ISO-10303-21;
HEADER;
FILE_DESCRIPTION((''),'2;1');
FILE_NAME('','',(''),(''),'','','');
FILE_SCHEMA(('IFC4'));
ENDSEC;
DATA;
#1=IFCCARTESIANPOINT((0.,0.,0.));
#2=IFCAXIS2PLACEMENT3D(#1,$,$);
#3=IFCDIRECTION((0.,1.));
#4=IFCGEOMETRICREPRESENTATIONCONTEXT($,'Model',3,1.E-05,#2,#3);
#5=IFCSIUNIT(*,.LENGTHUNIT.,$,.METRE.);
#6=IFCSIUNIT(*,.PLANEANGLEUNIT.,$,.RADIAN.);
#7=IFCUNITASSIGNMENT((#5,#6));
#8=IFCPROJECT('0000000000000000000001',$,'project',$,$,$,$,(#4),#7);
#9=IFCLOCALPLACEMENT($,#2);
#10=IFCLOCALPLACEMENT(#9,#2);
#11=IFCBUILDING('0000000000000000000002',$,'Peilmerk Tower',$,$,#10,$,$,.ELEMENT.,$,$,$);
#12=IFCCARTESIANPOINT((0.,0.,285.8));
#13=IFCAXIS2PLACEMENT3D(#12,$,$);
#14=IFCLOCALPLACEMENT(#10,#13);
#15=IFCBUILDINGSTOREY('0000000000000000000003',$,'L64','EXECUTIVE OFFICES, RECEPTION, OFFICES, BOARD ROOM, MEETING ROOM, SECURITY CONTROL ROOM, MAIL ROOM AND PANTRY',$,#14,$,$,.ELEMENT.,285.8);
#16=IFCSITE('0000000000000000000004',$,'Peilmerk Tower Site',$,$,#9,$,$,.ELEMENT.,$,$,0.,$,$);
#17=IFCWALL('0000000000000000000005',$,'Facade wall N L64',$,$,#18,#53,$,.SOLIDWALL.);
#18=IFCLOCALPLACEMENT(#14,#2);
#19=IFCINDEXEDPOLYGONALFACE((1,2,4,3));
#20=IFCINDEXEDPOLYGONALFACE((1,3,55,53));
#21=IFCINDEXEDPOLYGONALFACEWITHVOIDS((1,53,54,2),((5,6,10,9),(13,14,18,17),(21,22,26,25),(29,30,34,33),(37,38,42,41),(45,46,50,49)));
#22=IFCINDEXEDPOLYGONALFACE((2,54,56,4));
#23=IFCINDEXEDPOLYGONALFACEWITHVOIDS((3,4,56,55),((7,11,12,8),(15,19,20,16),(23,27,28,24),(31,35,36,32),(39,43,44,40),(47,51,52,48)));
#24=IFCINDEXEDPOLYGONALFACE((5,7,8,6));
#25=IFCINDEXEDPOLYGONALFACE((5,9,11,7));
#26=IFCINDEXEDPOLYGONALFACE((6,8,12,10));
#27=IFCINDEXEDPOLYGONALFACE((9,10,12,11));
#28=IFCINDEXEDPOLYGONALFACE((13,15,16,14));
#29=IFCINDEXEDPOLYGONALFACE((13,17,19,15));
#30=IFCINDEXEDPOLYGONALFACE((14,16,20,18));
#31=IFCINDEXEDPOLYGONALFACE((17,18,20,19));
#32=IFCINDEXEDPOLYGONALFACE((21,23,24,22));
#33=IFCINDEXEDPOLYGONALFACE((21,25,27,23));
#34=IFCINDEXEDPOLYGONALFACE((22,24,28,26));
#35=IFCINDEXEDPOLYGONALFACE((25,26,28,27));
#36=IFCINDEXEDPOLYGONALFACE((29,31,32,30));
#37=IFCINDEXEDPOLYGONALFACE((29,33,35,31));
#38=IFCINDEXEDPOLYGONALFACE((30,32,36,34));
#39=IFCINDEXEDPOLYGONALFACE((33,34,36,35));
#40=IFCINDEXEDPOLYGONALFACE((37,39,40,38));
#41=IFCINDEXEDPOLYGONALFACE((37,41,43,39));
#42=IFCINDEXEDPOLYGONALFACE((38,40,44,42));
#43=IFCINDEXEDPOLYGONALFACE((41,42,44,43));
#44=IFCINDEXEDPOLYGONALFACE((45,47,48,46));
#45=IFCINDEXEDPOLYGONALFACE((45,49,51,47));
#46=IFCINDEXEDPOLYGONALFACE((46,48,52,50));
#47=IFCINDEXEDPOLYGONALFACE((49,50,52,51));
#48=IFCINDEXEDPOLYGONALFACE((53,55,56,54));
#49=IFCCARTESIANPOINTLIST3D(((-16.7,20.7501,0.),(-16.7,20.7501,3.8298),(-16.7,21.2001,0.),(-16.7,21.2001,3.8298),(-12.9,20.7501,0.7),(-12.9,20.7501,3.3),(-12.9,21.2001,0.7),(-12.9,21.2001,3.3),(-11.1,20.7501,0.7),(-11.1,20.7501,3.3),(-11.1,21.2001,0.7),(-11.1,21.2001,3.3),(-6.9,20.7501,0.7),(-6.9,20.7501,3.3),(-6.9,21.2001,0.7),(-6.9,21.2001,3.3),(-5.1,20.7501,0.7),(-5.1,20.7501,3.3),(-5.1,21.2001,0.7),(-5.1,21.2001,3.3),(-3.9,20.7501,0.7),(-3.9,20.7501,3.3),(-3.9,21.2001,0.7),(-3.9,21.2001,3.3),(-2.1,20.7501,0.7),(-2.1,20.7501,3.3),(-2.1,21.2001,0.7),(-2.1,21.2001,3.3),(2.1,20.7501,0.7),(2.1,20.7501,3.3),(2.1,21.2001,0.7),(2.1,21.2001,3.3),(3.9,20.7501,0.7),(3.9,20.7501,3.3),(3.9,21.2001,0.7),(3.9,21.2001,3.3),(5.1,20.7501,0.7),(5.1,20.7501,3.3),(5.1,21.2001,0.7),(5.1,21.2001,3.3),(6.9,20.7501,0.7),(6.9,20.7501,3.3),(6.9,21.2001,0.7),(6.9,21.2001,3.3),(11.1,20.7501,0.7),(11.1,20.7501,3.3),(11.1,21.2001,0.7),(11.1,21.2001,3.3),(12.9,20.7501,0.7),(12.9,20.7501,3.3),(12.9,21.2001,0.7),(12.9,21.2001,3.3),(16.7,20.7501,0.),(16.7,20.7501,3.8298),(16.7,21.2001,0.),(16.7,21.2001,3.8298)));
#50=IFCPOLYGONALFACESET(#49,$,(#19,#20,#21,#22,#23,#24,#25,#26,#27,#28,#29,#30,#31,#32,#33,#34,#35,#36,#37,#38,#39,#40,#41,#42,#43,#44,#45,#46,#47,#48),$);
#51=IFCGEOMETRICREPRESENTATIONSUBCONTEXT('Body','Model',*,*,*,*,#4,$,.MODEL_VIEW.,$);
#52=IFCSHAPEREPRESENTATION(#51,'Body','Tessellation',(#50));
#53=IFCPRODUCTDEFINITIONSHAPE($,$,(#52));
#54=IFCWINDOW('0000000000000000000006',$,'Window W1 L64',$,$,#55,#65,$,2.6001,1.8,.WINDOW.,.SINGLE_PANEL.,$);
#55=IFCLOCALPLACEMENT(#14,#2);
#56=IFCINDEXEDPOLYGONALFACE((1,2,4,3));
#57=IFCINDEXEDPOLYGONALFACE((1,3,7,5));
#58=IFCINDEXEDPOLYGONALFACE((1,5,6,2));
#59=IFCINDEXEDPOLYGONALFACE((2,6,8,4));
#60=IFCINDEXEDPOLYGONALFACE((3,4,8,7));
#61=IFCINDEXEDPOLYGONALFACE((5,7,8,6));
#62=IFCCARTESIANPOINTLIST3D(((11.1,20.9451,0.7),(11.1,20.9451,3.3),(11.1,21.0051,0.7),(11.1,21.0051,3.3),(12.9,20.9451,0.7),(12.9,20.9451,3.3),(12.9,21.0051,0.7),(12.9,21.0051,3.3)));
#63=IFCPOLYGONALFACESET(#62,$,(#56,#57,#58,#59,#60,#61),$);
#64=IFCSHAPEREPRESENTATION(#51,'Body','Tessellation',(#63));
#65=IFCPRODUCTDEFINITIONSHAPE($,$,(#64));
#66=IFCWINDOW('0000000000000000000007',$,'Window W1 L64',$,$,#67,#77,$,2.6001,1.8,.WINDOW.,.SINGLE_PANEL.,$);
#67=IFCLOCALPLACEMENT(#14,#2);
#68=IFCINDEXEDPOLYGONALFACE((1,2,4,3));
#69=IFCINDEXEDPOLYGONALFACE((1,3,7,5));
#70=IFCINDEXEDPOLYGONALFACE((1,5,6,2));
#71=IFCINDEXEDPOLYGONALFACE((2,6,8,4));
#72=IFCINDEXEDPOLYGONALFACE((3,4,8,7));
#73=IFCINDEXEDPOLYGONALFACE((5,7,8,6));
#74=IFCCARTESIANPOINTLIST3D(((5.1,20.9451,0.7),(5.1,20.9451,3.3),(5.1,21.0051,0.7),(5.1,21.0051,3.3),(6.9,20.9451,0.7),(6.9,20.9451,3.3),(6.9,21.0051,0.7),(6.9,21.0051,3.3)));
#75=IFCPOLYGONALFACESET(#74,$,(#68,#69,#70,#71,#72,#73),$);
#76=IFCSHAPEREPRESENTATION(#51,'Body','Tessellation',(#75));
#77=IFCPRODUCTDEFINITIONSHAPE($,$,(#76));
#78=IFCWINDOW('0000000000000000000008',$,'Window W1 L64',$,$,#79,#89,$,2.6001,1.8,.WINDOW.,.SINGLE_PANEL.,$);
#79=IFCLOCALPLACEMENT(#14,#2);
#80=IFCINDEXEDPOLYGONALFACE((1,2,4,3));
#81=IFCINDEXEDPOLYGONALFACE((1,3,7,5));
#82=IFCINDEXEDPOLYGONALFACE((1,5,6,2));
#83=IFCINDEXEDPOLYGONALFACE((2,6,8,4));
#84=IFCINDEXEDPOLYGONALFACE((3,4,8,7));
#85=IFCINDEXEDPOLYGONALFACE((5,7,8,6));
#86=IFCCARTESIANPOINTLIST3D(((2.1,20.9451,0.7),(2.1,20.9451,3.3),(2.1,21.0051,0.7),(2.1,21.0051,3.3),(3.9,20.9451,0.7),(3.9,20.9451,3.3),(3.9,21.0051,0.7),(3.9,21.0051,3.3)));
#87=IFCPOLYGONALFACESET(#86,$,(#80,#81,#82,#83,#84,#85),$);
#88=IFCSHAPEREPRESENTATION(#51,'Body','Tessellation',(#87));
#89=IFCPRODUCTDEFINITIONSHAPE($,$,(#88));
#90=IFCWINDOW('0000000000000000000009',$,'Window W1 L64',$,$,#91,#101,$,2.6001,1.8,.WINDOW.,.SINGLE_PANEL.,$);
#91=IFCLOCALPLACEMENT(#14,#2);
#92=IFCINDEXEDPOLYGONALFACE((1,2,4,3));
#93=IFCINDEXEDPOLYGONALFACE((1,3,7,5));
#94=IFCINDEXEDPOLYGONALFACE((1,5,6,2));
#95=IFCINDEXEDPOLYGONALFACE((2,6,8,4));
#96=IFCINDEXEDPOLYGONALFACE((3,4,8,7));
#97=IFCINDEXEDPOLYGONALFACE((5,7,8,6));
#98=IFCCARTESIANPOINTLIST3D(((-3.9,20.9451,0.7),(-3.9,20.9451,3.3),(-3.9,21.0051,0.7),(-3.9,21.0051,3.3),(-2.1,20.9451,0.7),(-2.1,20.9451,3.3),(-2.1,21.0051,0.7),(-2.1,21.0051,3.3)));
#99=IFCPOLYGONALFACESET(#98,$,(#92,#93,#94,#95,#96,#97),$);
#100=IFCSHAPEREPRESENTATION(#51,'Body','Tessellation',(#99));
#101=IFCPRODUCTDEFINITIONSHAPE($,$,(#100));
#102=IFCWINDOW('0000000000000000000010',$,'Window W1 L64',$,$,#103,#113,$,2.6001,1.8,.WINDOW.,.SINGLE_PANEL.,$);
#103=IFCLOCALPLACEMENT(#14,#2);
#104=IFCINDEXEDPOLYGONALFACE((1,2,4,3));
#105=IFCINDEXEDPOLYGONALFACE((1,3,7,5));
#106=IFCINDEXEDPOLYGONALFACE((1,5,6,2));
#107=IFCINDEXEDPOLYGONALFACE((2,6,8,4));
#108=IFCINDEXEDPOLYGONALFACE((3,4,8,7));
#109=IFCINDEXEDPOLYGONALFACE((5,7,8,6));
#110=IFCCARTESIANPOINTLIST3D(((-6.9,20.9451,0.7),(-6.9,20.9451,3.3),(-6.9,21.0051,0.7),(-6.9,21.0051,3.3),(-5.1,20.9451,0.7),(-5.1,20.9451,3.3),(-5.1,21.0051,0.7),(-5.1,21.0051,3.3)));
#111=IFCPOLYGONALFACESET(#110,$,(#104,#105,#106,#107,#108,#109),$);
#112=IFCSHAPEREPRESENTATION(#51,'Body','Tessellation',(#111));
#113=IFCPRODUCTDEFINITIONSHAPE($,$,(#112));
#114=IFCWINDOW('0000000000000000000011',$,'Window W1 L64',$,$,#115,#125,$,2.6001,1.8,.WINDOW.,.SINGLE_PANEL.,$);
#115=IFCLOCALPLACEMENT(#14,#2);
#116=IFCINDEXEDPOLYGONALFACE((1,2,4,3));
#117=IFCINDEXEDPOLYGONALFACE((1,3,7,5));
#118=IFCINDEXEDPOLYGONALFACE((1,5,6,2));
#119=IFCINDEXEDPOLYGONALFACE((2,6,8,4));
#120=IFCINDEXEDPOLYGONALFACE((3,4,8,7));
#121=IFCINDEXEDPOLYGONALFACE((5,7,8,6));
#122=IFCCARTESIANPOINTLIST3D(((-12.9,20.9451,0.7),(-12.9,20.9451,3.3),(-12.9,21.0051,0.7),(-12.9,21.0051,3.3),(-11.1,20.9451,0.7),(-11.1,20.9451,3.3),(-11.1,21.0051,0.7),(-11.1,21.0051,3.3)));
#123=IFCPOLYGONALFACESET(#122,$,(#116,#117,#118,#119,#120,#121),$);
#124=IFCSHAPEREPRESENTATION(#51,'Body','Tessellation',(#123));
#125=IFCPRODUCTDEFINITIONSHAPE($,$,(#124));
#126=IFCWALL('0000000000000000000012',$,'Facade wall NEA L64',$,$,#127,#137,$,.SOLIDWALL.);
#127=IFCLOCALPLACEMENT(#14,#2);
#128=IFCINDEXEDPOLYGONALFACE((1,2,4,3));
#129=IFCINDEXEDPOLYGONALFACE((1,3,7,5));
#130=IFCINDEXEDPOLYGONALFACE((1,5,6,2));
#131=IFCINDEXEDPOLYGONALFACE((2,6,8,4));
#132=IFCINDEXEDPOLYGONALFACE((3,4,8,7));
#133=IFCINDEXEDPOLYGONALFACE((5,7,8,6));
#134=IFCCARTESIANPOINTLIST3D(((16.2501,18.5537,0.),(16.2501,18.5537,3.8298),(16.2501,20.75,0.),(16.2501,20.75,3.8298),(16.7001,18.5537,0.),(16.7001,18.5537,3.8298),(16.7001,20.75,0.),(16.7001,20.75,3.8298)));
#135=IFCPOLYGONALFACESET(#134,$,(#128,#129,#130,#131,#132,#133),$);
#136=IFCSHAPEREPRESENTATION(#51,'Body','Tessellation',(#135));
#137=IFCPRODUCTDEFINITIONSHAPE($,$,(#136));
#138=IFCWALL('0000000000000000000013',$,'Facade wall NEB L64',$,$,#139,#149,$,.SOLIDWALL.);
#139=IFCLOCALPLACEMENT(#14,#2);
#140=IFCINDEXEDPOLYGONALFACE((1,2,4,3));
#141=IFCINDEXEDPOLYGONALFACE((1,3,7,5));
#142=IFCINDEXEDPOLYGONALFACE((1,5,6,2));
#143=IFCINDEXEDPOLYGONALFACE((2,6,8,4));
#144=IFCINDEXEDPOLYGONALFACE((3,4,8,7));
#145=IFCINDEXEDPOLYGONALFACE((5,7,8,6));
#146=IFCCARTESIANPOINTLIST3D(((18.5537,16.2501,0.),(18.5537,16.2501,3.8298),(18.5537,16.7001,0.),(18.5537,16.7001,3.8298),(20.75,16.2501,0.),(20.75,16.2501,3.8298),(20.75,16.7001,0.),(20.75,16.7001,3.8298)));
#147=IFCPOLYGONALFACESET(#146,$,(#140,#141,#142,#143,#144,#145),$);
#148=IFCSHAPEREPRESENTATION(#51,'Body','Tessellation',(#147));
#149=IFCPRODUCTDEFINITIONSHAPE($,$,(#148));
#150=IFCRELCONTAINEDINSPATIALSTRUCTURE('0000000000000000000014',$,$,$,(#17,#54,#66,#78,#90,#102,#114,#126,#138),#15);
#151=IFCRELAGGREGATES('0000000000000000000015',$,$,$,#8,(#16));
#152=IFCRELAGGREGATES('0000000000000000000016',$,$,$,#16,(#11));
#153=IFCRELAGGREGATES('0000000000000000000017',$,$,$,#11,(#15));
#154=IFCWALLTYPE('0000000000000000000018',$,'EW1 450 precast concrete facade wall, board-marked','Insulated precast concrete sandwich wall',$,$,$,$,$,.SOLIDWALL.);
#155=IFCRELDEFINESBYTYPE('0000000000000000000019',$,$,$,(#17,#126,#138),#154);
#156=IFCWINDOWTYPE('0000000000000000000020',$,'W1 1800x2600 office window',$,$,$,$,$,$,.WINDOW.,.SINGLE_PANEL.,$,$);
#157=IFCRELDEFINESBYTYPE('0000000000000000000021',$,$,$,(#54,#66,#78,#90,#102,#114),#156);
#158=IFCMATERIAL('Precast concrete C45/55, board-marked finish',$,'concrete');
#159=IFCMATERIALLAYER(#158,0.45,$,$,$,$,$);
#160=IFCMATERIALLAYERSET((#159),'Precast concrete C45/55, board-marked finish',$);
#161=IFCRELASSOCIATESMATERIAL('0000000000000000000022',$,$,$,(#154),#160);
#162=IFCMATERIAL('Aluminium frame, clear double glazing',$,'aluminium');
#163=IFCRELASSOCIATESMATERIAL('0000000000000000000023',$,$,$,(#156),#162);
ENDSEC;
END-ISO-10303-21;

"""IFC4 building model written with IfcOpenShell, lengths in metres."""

from ifc_helpers import new_model, si_unit, direction, frame, frame_2d, origin, place, context, subcontext, project, spatial, rectangle, extrude, material, layer, layer_set, type_object, element, fill, save


model = new_model("IFC4")

# Units and contexts
model_context = context("Model", 3, precision=1e-05, world=origin(), true_north=direction((0.0, 1.0)))
body_context = subcontext(model_context, "Body", "Model", "MODEL_VIEW")
ifc_project = project(units=[si_unit("LENGTHUNIT", "METRE"), si_unit("PLANEANGLEUNIT", "RADIAN")], contexts=[model_context])

# Site, building, storey
site_placement = place(None, origin())
site = spatial("IfcSite", under=ifc_project, at=site_placement, Name="Peilmerk Tower Site", CompositionType="ELEMENT", RefElevation=0.0)
building_placement = place(site_placement, origin())
building = spatial("IfcBuilding", under=site, at=building_placement, Name="Peilmerk Tower", CompositionType="ELEMENT")
storey_placement = place(building_placement, frame((0.0, 0.0, 285.8)))
storey = spatial("IfcBuildingStorey", under=building, at=storey_placement, Name="L64", Description="EXECUTIVE OFFICES, RECEPTION, OFFICES, BOARD ROOM, MEETING ROOM, SECURITY CONTROL ROOM, MAIL ROOM AND PANTRY", CompositionType="ELEMENT", Elevation=285.8)

# Wall, openings, windows
ifc_material_1 = material(Name="Precast concrete C45/55, board-marked finish", Category="concrete")
ifc_layer_1 = layer(ifc_material_1, 0.45)
ifc_layer_set_1 = layer_set([ifc_layer_1], Name="Precast concrete C45/55, board-marked finish")
wall_type = type_object("IfcWallType", Name="EW1 450 precast concrete facade wall, board-marked", Description="Insulated precast concrete sandwich wall", PredefinedType="SOLIDWALL", material=ifc_layer_set_1)
wall_placement = place(storey_placement, frame((16.7, 20.9751, 0.0), z_axis=(0.0, 0.0, 1.0), x_axis=(-1.0, 0.0, 0.0)))
wall = element("IfcWall", 1, at=wall_placement, inside=storey, type_object=wall_type, Name="Facade wall N L64", PredefinedType="SOLIDWALL", context=body_context, shape_type="SweptSolid", body=[
    extrude(rectangle(XDim=33.3999, YDim=0.45, at=frame_2d((16.7, 0.0))), origin(), (0.0, 0.0, 1.0), 3.8298),
])
opening_1_placement = place(wall_placement, frame((3.8, 0.0, 0.7)))
opening_1 = element("IfcOpeningElement", 2, at=opening_1_placement, cuts=wall, PredefinedType="OPENING", context=body_context, shape_type="SweptSolid", body=[
    extrude(rectangle(XDim=1.8, YDim=2.6001, at=frame_2d((0.8999, 1.3))), frame((0.0, 0.2349, 0.0), z_axis=(0.0, -1.0, 0.0), x_axis=(1.0, 0.0, 0.0)), (0.0, 0.0, 1.0), 0.47),
])
opening_2_placement = place(wall_placement, frame((9.8, 0.0, 0.7)))
opening_2 = element("IfcOpeningElement", 3, at=opening_2_placement, cuts=wall, PredefinedType="OPENING", context=body_context, shape_type="SweptSolid", body=[
    extrude(rectangle(XDim=1.8, YDim=2.6001, at=frame_2d((0.8999, 1.3))), frame((0.0, 0.2349, 0.0), z_axis=(0.0, -1.0, 0.0), x_axis=(1.0, 0.0, 0.0)), (0.0, 0.0, 1.0), 0.47),
])
opening_3_placement = place(wall_placement, frame((12.8, 0.0, 0.7)))
opening_3 = element("IfcOpeningElement", 4, at=opening_3_placement, cuts=wall, PredefinedType="OPENING", context=body_context, shape_type="SweptSolid", body=[
    extrude(rectangle(XDim=1.8, YDim=2.6001, at=frame_2d((0.8999, 1.3))), frame((0.0, 0.2349, 0.0), z_axis=(0.0, -1.0, 0.0), x_axis=(1.0, 0.0, 0.0)), (0.0, 0.0, 1.0), 0.47),
])
opening_4_placement = place(wall_placement, frame((18.8, 0.0, 0.7)))
opening_4 = element("IfcOpeningElement", 5, at=opening_4_placement, cuts=wall, PredefinedType="OPENING", context=body_context, shape_type="SweptSolid", body=[
    extrude(rectangle(XDim=1.8, YDim=2.6001, at=frame_2d((0.8999, 1.3))), frame((0.0, 0.2349, 0.0), z_axis=(0.0, -1.0, 0.0), x_axis=(1.0, 0.0, 0.0)), (0.0, 0.0, 1.0), 0.47),
])
opening_5_placement = place(wall_placement, frame((21.8, 0.0, 0.7)))
opening_5 = element("IfcOpeningElement", 6, at=opening_5_placement, cuts=wall, PredefinedType="OPENING", context=body_context, shape_type="SweptSolid", body=[
    extrude(rectangle(XDim=1.8, YDim=2.6001, at=frame_2d((0.8999, 1.3))), frame((0.0, 0.2349, 0.0), z_axis=(0.0, -1.0, 0.0), x_axis=(1.0, 0.0, 0.0)), (0.0, 0.0, 1.0), 0.47),
])
opening_6_placement = place(wall_placement, frame((27.8, 0.0, 0.7)))
opening_6 = element("IfcOpeningElement", 7, at=opening_6_placement, cuts=wall, PredefinedType="OPENING", context=body_context, shape_type="SweptSolid", body=[
    extrude(rectangle(XDim=1.8, YDim=2.6001, at=frame_2d((0.8999, 1.3))), frame((0.0, 0.2349, 0.0), z_axis=(0.0, -1.0, 0.0), x_axis=(1.0, 0.0, 0.0)), (0.0, 0.0, 1.0), 0.47),
])
ifc_material_2 = material(Name="Aluminium frame, clear double glazing", Category="aluminium")
window_type = type_object("IfcWindowType", Name="W1 1800x2600 office window", PartitioningType="SINGLE_PANEL", PredefinedType="WINDOW", material=ifc_material_2)
window_1_placement = place(opening_1_placement, origin())
window_1 = element("IfcWindow", 8, at=window_1_placement, inside=storey, type_object=window_type, Name="Window W1 L64", OverallHeight=2.6001, OverallWidth=1.8, PartitioningType="SINGLE_PANEL", PredefinedType="WINDOW", context=body_context, shape_type="SweptSolid", body=[
    extrude(rectangle(XDim=1.8, YDim=2.6001, at=frame_2d((0.8999, 1.3))), frame((0.0, 0.03, 0.0), z_axis=(0.0, -1.0, 0.0), x_axis=(1.0, 0.0, 0.0)), (0.0, 0.0, 1.0), 0.0601),
])
fill(opening_1, window_1)
window_2_placement = place(opening_2_placement, origin())
window_2 = element("IfcWindow", 9, at=window_2_placement, inside=storey, type_object=window_type, Name="Window W1 L64", OverallHeight=2.6001, OverallWidth=1.8, PartitioningType="SINGLE_PANEL", PredefinedType="WINDOW", context=body_context, shape_type="SweptSolid", body=[
    extrude(rectangle(XDim=1.8, YDim=2.6001, at=frame_2d((0.8999, 1.3))), frame((0.0, 0.03, 0.0), z_axis=(0.0, -1.0, 0.0), x_axis=(1.0, 0.0, 0.0)), (0.0, 0.0, 1.0), 0.0601),
])
fill(opening_2, window_2)
window_3_placement = place(opening_3_placement, origin())
window_3 = element("IfcWindow", 10, at=window_3_placement, inside=storey, type_object=window_type, Name="Window W1 L64", OverallHeight=2.6001, OverallWidth=1.8, PartitioningType="SINGLE_PANEL", PredefinedType="WINDOW", context=body_context, shape_type="SweptSolid", body=[
    extrude(rectangle(XDim=1.8, YDim=2.6001, at=frame_2d((0.8999, 1.3))), frame((0.0, 0.03, 0.0), z_axis=(0.0, -1.0, 0.0), x_axis=(1.0, 0.0, 0.0)), (0.0, 0.0, 1.0), 0.0601),
])
fill(opening_3, window_3)
window_4_placement = place(opening_4_placement, origin())
window_4 = element("IfcWindow", 11, at=window_4_placement, inside=storey, type_object=window_type, Name="Window W1 L64", OverallHeight=2.6001, OverallWidth=1.8, PartitioningType="SINGLE_PANEL", PredefinedType="WINDOW", context=body_context, shape_type="SweptSolid", body=[
    extrude(rectangle(XDim=1.8, YDim=2.6001, at=frame_2d((0.8999, 1.3))), frame((0.0, 0.03, 0.0), z_axis=(0.0, -1.0, 0.0), x_axis=(1.0, 0.0, 0.0)), (0.0, 0.0, 1.0), 0.0601),
])
fill(opening_4, window_4)
window_5_placement = place(opening_5_placement, origin())
window_5 = element("IfcWindow", 12, at=window_5_placement, inside=storey, type_object=window_type, Name="Window W1 L64", OverallHeight=2.6001, OverallWidth=1.8, PartitioningType="SINGLE_PANEL", PredefinedType="WINDOW", context=body_context, shape_type="SweptSolid", body=[
    extrude(rectangle(XDim=1.8, YDim=2.6001, at=frame_2d((0.8999, 1.3))), frame((0.0, 0.03, 0.0), z_axis=(0.0, -1.0, 0.0), x_axis=(1.0, 0.0, 0.0)), (0.0, 0.0, 1.0), 0.0601),
])
fill(opening_5, window_5)
window_6_placement = place(opening_6_placement, origin())
window_6 = element("IfcWindow", 13, at=window_6_placement, inside=storey, type_object=window_type, Name="Window W1 L64", OverallHeight=2.6001, OverallWidth=1.8, PartitioningType="SINGLE_PANEL", PredefinedType="WINDOW", context=body_context, shape_type="SweptSolid", body=[
    extrude(rectangle(XDim=1.8, YDim=2.6001, at=frame_2d((0.8999, 1.3))), frame((0.0, 0.03, 0.0), z_axis=(0.0, -1.0, 0.0), x_axis=(1.0, 0.0, 0.0)), (0.0, 0.0, 1.0), 0.0601),
])
fill(opening_6, window_6)

# Walls
for number, where, z_axis, x_axis, name in (
    (14, (16.4751, 18.5537, 0.0), (0.0, 0.0, 1.0), (0.0, 1.0, 0.0), "Facade wall NEA L64"),
    (15, (18.5537, 16.4751, 0.0), (0.0, 0.0, 1.0), (1.0, 0.0, 0.0), "Facade wall NEB L64"),
):
    element("IfcWall", number, at=place(storey_placement, frame(where, z_axis=z_axis, x_axis=x_axis)), inside=storey, type_object=wall_type, Name=name, PredefinedType="SOLIDWALL", context=body_context, shape_type="SweptSolid", body=[
        extrude(rectangle(XDim=2.1963, YDim=0.45, at=frame_2d((1.0981, 0.0))), origin(), (0.0, 0.0, 1.0), 3.8298),
    ])

save(model, "model.ifc")
